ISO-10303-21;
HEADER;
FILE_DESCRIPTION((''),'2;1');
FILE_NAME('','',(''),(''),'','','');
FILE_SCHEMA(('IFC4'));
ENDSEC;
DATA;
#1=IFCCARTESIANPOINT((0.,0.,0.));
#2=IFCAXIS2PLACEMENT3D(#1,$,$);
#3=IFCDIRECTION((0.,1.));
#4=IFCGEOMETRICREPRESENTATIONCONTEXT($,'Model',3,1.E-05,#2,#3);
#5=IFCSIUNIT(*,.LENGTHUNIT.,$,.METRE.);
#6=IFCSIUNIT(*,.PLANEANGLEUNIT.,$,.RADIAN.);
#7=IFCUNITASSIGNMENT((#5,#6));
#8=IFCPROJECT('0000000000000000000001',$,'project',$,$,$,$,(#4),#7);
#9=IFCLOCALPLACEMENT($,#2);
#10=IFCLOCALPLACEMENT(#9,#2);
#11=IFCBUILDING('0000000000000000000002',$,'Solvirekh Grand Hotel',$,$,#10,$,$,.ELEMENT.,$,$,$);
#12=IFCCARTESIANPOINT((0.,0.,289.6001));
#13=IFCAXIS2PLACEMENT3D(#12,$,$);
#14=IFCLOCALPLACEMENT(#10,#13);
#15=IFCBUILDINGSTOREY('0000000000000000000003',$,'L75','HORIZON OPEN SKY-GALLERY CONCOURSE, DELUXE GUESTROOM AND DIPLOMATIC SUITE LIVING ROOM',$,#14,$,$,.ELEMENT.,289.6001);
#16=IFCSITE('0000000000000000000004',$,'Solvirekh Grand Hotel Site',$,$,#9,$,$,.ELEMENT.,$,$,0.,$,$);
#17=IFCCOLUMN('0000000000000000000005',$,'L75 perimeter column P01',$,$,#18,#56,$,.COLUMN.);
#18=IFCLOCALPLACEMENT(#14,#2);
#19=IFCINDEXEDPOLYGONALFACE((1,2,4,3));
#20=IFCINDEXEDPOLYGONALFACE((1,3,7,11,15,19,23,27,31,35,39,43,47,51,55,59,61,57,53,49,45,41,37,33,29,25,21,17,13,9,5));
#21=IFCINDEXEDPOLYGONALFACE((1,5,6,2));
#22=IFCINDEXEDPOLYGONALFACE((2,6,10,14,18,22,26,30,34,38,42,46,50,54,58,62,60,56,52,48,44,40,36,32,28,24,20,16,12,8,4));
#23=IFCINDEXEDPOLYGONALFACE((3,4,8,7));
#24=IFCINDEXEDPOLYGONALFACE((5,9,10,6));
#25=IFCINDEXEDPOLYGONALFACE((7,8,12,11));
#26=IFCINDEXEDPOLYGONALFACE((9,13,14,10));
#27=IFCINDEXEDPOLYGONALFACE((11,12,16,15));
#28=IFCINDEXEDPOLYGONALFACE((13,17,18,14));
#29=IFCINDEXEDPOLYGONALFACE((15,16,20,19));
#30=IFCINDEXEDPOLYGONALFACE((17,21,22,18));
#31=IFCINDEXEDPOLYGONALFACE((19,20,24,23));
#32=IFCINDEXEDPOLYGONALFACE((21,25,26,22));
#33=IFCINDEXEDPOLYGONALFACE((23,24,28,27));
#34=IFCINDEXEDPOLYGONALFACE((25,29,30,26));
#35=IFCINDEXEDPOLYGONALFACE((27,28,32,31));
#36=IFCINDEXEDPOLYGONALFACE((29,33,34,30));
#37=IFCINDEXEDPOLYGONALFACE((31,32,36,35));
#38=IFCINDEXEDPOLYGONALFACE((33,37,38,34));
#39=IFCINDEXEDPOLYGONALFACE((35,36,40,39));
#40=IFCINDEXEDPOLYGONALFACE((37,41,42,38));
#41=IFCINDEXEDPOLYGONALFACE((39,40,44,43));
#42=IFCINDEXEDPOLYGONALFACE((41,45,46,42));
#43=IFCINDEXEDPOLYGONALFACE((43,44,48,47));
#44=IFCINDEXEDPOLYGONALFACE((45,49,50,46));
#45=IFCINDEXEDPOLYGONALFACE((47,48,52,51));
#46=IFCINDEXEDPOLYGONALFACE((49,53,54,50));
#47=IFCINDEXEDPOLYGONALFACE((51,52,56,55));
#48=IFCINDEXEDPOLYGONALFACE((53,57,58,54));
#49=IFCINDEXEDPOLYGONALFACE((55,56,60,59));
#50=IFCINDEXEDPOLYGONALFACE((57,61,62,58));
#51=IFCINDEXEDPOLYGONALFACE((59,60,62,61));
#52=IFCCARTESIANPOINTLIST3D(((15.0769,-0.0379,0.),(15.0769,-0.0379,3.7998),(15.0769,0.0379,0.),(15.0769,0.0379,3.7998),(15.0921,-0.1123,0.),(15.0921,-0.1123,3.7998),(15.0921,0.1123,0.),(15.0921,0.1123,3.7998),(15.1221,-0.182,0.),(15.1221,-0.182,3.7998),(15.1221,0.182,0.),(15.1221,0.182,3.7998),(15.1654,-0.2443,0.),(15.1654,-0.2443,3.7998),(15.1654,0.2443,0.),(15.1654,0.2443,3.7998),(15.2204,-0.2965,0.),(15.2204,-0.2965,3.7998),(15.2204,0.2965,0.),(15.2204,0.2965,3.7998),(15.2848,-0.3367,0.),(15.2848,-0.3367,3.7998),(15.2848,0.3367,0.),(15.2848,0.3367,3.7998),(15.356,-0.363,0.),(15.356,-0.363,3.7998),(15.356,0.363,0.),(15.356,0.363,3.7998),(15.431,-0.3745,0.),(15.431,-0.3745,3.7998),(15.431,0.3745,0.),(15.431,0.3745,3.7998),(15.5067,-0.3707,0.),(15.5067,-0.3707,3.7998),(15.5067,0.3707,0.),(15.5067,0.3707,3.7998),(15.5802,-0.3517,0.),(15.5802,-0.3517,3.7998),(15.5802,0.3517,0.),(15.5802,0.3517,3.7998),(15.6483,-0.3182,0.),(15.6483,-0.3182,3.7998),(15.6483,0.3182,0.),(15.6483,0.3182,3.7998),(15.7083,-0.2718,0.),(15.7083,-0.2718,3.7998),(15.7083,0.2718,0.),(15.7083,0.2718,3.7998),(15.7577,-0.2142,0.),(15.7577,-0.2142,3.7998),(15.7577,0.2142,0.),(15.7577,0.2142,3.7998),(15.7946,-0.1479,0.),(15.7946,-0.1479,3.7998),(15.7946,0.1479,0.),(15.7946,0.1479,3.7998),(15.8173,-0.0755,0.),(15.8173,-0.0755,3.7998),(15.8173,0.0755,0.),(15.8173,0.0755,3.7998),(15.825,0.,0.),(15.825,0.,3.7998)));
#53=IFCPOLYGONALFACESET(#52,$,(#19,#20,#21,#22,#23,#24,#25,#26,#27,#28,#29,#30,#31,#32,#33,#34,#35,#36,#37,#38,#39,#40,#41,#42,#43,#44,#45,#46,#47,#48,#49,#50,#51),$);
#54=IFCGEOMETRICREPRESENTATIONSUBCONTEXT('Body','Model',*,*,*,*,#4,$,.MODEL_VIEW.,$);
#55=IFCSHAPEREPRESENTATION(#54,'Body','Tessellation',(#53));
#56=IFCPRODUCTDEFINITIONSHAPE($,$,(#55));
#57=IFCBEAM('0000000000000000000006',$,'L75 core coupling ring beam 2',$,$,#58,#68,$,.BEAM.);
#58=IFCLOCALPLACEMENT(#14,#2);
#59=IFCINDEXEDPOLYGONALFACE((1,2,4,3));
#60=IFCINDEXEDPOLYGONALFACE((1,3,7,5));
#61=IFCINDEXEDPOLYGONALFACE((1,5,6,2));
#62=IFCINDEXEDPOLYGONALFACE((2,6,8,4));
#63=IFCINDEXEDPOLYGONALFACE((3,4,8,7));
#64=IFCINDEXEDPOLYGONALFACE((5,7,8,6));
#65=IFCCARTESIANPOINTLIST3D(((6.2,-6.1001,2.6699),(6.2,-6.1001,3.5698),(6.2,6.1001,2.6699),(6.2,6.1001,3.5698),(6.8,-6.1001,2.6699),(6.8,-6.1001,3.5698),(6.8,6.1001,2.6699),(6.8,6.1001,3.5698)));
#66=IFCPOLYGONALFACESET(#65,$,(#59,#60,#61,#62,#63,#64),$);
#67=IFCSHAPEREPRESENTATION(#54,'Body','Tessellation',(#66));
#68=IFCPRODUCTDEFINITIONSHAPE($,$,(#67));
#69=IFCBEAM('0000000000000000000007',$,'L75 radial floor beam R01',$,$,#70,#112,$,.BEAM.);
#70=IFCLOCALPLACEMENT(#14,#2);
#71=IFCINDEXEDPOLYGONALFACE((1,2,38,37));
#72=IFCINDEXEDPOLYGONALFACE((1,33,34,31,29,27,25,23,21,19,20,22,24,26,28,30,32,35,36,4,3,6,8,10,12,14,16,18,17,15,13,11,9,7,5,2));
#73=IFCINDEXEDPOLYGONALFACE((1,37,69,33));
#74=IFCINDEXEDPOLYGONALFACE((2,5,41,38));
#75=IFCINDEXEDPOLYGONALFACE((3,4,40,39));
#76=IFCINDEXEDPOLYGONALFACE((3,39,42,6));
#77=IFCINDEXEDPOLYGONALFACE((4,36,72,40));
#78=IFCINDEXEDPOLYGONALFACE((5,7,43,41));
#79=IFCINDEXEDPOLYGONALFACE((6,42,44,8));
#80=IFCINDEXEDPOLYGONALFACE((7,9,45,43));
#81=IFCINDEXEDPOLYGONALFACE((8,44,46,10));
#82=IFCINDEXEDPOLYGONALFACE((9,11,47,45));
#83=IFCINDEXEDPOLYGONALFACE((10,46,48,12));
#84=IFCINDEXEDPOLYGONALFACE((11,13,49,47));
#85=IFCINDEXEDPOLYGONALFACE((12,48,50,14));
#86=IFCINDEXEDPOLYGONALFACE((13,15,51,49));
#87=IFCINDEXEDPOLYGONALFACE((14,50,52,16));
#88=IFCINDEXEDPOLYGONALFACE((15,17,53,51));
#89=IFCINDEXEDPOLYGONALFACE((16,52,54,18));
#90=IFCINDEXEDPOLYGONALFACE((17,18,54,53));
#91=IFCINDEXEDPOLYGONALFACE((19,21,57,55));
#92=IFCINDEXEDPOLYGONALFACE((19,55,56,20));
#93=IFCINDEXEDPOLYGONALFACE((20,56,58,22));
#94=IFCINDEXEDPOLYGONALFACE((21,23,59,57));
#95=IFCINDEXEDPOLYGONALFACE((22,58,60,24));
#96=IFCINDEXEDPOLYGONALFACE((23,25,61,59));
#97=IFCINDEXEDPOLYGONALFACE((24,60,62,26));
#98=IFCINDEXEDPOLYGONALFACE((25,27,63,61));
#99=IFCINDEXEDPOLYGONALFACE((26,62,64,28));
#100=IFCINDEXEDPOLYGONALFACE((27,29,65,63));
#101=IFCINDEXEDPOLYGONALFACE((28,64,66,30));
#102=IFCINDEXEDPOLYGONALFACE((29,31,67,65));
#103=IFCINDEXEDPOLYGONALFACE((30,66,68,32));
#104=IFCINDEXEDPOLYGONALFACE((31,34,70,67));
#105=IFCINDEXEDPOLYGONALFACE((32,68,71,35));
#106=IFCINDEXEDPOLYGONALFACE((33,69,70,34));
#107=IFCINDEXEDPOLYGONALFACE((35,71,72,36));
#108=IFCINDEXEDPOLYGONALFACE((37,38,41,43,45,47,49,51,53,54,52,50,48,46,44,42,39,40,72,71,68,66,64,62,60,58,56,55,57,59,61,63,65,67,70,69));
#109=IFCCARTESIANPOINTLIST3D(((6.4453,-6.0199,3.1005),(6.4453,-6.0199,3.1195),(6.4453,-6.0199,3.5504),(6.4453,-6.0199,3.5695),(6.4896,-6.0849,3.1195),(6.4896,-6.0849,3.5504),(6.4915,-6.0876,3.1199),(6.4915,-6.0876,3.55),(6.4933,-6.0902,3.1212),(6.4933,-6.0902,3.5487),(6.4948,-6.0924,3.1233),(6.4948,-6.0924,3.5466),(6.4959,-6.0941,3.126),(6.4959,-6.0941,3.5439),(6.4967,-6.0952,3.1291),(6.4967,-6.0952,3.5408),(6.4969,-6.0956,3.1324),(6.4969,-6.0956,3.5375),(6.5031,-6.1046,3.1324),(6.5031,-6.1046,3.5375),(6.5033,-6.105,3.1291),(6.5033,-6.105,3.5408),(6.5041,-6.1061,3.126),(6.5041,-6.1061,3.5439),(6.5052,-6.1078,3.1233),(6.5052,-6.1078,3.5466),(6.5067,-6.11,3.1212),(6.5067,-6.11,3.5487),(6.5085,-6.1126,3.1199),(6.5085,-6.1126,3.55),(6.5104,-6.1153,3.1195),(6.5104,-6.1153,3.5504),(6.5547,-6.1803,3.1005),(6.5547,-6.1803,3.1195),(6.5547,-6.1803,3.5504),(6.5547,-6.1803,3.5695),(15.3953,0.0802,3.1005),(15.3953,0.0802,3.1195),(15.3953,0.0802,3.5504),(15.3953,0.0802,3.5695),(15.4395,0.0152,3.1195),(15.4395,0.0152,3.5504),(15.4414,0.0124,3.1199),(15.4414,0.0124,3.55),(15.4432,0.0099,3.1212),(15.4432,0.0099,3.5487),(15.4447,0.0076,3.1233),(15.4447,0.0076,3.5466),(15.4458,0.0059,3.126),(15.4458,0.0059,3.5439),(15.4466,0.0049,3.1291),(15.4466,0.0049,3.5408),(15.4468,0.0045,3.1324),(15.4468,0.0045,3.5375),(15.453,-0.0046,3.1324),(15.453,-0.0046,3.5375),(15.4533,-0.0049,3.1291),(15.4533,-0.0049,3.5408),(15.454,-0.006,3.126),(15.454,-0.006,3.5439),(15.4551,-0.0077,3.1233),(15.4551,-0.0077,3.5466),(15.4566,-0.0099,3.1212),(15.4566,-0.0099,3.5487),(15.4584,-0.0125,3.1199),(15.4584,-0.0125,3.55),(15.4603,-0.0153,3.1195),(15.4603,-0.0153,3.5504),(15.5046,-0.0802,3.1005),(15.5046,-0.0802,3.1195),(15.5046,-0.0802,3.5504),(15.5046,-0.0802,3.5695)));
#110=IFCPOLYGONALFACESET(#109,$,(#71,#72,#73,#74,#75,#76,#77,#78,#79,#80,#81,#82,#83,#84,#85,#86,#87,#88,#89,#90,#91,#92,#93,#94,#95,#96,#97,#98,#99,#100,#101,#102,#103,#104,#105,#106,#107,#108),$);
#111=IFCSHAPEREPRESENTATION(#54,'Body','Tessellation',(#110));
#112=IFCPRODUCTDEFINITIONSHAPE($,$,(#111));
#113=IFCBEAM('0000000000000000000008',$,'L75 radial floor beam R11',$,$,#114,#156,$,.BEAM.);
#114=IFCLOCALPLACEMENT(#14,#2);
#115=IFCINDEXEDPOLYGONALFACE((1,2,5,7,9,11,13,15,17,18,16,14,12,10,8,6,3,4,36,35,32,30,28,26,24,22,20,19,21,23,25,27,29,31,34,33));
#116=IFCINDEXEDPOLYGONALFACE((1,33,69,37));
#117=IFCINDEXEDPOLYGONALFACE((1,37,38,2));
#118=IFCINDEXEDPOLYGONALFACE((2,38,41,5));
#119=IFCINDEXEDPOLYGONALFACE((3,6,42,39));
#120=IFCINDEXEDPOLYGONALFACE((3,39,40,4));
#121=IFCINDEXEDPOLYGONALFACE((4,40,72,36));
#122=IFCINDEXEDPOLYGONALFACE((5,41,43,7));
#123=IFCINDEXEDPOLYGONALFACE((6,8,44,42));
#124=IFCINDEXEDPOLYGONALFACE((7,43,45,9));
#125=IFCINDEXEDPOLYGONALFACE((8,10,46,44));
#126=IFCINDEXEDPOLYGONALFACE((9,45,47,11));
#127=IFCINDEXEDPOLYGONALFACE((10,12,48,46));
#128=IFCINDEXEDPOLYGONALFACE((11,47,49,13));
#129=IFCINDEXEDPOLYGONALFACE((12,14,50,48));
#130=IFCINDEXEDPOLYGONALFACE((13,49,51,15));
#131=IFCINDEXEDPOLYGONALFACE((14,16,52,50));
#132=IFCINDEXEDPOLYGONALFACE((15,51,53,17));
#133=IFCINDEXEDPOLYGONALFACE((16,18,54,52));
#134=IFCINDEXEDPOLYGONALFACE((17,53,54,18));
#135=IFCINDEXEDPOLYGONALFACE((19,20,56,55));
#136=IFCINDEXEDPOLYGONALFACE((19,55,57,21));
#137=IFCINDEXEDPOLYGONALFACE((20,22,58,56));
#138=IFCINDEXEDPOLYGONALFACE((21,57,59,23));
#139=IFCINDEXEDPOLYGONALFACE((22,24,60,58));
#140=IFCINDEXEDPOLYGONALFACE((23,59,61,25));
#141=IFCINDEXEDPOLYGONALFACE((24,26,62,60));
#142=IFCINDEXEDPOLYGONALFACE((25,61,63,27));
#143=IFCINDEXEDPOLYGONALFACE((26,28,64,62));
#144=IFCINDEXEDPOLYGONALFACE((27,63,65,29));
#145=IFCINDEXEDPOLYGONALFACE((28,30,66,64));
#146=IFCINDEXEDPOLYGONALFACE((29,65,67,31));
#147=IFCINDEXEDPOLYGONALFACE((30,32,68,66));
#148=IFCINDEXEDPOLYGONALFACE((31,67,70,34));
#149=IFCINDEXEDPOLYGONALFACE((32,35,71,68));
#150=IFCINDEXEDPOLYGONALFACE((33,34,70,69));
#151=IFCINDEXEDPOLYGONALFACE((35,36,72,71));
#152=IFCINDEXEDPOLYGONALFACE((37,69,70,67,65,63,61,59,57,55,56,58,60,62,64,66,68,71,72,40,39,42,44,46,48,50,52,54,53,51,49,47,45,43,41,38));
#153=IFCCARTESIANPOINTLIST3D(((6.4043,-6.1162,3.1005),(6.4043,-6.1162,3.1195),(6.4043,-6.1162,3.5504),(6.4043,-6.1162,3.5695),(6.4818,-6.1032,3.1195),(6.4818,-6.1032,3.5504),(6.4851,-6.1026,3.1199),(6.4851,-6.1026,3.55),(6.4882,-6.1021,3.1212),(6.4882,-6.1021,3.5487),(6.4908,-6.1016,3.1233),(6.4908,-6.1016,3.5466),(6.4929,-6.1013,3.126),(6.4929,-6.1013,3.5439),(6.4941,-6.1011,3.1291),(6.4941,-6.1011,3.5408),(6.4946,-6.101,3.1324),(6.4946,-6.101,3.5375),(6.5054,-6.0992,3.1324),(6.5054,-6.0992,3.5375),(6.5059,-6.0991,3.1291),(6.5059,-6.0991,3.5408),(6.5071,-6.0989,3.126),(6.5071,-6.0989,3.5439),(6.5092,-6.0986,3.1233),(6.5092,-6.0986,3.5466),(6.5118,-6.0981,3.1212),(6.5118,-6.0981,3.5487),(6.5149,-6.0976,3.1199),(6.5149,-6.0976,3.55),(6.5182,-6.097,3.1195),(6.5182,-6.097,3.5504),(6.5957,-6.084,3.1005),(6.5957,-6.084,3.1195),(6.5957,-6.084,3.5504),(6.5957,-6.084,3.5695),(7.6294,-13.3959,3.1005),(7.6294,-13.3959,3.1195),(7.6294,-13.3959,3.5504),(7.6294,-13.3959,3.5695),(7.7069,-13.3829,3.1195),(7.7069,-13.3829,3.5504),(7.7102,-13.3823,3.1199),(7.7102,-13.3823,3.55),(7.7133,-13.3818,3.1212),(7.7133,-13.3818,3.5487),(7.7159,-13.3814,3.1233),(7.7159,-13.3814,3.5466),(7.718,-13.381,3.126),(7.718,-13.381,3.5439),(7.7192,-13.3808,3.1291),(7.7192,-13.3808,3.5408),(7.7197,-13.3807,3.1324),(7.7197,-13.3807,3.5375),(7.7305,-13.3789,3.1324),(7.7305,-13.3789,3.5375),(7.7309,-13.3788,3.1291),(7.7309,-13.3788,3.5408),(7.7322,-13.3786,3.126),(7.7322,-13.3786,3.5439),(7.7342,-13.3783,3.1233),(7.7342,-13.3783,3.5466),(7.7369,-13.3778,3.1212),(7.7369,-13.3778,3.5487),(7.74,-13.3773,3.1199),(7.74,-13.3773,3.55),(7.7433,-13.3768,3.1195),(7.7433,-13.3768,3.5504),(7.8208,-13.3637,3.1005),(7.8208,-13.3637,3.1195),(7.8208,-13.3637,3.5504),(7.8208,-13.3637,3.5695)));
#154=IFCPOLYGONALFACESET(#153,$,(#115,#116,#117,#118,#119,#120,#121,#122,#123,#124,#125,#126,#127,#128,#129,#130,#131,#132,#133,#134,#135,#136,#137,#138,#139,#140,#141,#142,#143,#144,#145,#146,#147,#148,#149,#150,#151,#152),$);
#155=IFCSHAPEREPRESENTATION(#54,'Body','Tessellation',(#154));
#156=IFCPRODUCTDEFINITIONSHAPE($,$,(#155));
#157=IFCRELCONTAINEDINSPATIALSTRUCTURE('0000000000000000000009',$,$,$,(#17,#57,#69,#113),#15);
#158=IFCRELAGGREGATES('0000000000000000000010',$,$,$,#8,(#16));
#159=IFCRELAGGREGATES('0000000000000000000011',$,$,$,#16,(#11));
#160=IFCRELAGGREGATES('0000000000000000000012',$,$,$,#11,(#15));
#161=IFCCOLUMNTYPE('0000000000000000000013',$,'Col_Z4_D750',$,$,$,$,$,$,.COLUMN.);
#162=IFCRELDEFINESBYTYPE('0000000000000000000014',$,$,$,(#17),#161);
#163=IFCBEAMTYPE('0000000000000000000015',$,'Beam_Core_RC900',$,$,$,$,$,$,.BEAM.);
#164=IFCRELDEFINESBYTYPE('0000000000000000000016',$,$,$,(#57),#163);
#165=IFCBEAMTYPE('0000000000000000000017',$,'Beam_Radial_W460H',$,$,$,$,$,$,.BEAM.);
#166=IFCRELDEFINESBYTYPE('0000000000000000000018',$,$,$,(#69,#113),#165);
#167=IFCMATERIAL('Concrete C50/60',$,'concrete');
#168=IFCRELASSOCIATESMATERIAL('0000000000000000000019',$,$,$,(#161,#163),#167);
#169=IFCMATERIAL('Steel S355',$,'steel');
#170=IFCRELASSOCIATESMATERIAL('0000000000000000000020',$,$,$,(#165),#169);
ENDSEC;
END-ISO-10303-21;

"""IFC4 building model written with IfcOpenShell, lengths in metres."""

from ifc_helpers import new_model, si_unit, direction, frame, origin, origin_2d, place, context, subcontext, project, spatial, rectangle, circle, i_section, extrude, material, material_profile, profile_set, type_object, element, save


model = new_model("IFC4")

# Units and contexts
model_context = context("Model", 3, precision=1e-05, world=origin(), true_north=direction((0.0, 1.0)))
body_context = subcontext(model_context, "Body", "Model", "MODEL_VIEW")
ifc_project = project(units=[si_unit("LENGTHUNIT", "METRE"), si_unit("PLANEANGLEUNIT", "RADIAN")], contexts=[model_context])

# Site, building, storey
site_placement = place(None, origin())
site = spatial("IfcSite", under=ifc_project, at=site_placement, Name="Solvirekh Grand Hotel Site", CompositionType="ELEMENT", RefElevation=0.0)
building_placement = place(site_placement, origin())
building = spatial("IfcBuilding", under=site, at=building_placement, Name="Solvirekh Grand Hotel", CompositionType="ELEMENT")
storey_placement = place(building_placement, frame((0.0, 0.0, 289.6001)))
storey = spatial("IfcBuildingStorey", under=building, at=storey_placement, Name="L75", Description="HORIZON OPEN SKY-GALLERY CONCOURSE, DELUXE GUESTROOM AND DIPLOMATIC SUITE LIVING ROOM", CompositionType="ELEMENT", Elevation=289.6001)

# Column
ifc_material_1 = material(Name="Concrete C50/60", Category="concrete")
ifc_material_profile_1 = material_profile(ifc_material_1, circle(Radius=0.375, at=origin_2d()), Name="RC CIRC D750")
ifc_profile_set_1 = profile_set([ifc_material_profile_1], Name="Concrete C50/60")
column_type = type_object("IfcColumnType", Name="Col_Z4_D750", PredefinedType="COLUMN", material=ifc_profile_set_1)
column_placement = place(storey_placement, frame((15.45, 0.0, 0.0), z_axis=(0.0, 0.0, 1.0), x_axis=(1.0, 0.0, 0.0)))
element("IfcColumn", 1, at=column_placement, inside=storey, type_object=column_type, Name="L75 perimeter column P01", PredefinedType="COLUMN", context=body_context, shape_type="SweptSolid", body=[
    extrude(circle(Radius=0.375, at=origin_2d()), origin(), (0.0, 0.0, 1.0), 3.7998),
])

# Beams
ifc_material_profile_2 = material_profile(ifc_material_1, rectangle(XDim=0.6001, YDim=0.8999, at=origin_2d()), Name="RC BEAM 600X900")
ifc_profile_set_2 = profile_set([ifc_material_profile_2], Name="Concrete C50/60")
beam_type_1 = type_object("IfcBeamType", Name="Beam_Core_RC900", PredefinedType="BEAM", material=ifc_profile_set_2)
beam_1_placement = place(storey_placement, frame((6.5, -6.1001, 3.1199), z_axis=(0.0, 1.0, 0.0), x_axis=(-1.0, 0.0, 0.0)))
element("IfcBeam", 2, at=beam_1_placement, inside=storey, type_object=beam_type_1, Name="L75 core coupling ring beam 2", PredefinedType="BEAM", context=body_context, shape_type="SweptSolid", body=[
    extrude(rectangle(XDim=0.6001, YDim=0.8999, at=origin_2d()), origin(), (0.0, 0.0, 1.0), 12.2002),
])
ifc_material_2 = material(Name="Steel S355", Category="steel")
ifc_material_profile_3 = material_profile(ifc_material_2, i_section(OverallWidth=0.1941, OverallDepth=0.469, WebThickness=0.011, FlangeThickness=0.019, FilletRadius=0.0129, at=origin_2d()), Name="W460X106")
ifc_profile_set_3 = profile_set([ifc_material_profile_3], Name="Steel S355")
beam_type_2 = type_object("IfcBeamType", Name="Beam_Radial_W460H", PredefinedType="BEAM", material=ifc_profile_set_3)
beam_2_placement = place(storey_placement, frame((6.5, -6.1001, 3.335), z_axis=(0.826319, 0.563202, 0.0), x_axis=(-0.563202, 0.826319, 0.0)))
element("IfcBeam", 3, at=beam_2_placement, inside=storey, type_object=beam_type_2, Name="L75 radial floor beam R01", PredefinedType="BEAM", context=body_context, shape_type="SweptSolid", body=[
    extrude(i_section(OverallWidth=0.1941, OverallDepth=0.469, WebThickness=0.011, FlangeThickness=0.019, FilletRadius=0.0129, at=origin_2d()), origin(), (0.0, 0.0, 1.0), 10.8311),
])
beam_3_placement = place(storey_placement, frame((6.5, -6.1001, 3.335), z_axis=(0.165954, -0.986133, 0.0), x_axis=(0.986133, 0.165954, 0.0)))
element("IfcBeam", 4, at=beam_3_placement, inside=storey, type_object=beam_type_2, Name="L75 radial floor beam R11", PredefinedType="BEAM", context=body_context, shape_type="SweptSolid", body=[
    extrude(i_section(OverallWidth=0.1941, OverallDepth=0.469, WebThickness=0.011, FlangeThickness=0.019, FilletRadius=0.0129, at=origin_2d()), origin(), (0.0, 0.0, 1.0), 7.3821),
])

save(model, "model.ifc")
